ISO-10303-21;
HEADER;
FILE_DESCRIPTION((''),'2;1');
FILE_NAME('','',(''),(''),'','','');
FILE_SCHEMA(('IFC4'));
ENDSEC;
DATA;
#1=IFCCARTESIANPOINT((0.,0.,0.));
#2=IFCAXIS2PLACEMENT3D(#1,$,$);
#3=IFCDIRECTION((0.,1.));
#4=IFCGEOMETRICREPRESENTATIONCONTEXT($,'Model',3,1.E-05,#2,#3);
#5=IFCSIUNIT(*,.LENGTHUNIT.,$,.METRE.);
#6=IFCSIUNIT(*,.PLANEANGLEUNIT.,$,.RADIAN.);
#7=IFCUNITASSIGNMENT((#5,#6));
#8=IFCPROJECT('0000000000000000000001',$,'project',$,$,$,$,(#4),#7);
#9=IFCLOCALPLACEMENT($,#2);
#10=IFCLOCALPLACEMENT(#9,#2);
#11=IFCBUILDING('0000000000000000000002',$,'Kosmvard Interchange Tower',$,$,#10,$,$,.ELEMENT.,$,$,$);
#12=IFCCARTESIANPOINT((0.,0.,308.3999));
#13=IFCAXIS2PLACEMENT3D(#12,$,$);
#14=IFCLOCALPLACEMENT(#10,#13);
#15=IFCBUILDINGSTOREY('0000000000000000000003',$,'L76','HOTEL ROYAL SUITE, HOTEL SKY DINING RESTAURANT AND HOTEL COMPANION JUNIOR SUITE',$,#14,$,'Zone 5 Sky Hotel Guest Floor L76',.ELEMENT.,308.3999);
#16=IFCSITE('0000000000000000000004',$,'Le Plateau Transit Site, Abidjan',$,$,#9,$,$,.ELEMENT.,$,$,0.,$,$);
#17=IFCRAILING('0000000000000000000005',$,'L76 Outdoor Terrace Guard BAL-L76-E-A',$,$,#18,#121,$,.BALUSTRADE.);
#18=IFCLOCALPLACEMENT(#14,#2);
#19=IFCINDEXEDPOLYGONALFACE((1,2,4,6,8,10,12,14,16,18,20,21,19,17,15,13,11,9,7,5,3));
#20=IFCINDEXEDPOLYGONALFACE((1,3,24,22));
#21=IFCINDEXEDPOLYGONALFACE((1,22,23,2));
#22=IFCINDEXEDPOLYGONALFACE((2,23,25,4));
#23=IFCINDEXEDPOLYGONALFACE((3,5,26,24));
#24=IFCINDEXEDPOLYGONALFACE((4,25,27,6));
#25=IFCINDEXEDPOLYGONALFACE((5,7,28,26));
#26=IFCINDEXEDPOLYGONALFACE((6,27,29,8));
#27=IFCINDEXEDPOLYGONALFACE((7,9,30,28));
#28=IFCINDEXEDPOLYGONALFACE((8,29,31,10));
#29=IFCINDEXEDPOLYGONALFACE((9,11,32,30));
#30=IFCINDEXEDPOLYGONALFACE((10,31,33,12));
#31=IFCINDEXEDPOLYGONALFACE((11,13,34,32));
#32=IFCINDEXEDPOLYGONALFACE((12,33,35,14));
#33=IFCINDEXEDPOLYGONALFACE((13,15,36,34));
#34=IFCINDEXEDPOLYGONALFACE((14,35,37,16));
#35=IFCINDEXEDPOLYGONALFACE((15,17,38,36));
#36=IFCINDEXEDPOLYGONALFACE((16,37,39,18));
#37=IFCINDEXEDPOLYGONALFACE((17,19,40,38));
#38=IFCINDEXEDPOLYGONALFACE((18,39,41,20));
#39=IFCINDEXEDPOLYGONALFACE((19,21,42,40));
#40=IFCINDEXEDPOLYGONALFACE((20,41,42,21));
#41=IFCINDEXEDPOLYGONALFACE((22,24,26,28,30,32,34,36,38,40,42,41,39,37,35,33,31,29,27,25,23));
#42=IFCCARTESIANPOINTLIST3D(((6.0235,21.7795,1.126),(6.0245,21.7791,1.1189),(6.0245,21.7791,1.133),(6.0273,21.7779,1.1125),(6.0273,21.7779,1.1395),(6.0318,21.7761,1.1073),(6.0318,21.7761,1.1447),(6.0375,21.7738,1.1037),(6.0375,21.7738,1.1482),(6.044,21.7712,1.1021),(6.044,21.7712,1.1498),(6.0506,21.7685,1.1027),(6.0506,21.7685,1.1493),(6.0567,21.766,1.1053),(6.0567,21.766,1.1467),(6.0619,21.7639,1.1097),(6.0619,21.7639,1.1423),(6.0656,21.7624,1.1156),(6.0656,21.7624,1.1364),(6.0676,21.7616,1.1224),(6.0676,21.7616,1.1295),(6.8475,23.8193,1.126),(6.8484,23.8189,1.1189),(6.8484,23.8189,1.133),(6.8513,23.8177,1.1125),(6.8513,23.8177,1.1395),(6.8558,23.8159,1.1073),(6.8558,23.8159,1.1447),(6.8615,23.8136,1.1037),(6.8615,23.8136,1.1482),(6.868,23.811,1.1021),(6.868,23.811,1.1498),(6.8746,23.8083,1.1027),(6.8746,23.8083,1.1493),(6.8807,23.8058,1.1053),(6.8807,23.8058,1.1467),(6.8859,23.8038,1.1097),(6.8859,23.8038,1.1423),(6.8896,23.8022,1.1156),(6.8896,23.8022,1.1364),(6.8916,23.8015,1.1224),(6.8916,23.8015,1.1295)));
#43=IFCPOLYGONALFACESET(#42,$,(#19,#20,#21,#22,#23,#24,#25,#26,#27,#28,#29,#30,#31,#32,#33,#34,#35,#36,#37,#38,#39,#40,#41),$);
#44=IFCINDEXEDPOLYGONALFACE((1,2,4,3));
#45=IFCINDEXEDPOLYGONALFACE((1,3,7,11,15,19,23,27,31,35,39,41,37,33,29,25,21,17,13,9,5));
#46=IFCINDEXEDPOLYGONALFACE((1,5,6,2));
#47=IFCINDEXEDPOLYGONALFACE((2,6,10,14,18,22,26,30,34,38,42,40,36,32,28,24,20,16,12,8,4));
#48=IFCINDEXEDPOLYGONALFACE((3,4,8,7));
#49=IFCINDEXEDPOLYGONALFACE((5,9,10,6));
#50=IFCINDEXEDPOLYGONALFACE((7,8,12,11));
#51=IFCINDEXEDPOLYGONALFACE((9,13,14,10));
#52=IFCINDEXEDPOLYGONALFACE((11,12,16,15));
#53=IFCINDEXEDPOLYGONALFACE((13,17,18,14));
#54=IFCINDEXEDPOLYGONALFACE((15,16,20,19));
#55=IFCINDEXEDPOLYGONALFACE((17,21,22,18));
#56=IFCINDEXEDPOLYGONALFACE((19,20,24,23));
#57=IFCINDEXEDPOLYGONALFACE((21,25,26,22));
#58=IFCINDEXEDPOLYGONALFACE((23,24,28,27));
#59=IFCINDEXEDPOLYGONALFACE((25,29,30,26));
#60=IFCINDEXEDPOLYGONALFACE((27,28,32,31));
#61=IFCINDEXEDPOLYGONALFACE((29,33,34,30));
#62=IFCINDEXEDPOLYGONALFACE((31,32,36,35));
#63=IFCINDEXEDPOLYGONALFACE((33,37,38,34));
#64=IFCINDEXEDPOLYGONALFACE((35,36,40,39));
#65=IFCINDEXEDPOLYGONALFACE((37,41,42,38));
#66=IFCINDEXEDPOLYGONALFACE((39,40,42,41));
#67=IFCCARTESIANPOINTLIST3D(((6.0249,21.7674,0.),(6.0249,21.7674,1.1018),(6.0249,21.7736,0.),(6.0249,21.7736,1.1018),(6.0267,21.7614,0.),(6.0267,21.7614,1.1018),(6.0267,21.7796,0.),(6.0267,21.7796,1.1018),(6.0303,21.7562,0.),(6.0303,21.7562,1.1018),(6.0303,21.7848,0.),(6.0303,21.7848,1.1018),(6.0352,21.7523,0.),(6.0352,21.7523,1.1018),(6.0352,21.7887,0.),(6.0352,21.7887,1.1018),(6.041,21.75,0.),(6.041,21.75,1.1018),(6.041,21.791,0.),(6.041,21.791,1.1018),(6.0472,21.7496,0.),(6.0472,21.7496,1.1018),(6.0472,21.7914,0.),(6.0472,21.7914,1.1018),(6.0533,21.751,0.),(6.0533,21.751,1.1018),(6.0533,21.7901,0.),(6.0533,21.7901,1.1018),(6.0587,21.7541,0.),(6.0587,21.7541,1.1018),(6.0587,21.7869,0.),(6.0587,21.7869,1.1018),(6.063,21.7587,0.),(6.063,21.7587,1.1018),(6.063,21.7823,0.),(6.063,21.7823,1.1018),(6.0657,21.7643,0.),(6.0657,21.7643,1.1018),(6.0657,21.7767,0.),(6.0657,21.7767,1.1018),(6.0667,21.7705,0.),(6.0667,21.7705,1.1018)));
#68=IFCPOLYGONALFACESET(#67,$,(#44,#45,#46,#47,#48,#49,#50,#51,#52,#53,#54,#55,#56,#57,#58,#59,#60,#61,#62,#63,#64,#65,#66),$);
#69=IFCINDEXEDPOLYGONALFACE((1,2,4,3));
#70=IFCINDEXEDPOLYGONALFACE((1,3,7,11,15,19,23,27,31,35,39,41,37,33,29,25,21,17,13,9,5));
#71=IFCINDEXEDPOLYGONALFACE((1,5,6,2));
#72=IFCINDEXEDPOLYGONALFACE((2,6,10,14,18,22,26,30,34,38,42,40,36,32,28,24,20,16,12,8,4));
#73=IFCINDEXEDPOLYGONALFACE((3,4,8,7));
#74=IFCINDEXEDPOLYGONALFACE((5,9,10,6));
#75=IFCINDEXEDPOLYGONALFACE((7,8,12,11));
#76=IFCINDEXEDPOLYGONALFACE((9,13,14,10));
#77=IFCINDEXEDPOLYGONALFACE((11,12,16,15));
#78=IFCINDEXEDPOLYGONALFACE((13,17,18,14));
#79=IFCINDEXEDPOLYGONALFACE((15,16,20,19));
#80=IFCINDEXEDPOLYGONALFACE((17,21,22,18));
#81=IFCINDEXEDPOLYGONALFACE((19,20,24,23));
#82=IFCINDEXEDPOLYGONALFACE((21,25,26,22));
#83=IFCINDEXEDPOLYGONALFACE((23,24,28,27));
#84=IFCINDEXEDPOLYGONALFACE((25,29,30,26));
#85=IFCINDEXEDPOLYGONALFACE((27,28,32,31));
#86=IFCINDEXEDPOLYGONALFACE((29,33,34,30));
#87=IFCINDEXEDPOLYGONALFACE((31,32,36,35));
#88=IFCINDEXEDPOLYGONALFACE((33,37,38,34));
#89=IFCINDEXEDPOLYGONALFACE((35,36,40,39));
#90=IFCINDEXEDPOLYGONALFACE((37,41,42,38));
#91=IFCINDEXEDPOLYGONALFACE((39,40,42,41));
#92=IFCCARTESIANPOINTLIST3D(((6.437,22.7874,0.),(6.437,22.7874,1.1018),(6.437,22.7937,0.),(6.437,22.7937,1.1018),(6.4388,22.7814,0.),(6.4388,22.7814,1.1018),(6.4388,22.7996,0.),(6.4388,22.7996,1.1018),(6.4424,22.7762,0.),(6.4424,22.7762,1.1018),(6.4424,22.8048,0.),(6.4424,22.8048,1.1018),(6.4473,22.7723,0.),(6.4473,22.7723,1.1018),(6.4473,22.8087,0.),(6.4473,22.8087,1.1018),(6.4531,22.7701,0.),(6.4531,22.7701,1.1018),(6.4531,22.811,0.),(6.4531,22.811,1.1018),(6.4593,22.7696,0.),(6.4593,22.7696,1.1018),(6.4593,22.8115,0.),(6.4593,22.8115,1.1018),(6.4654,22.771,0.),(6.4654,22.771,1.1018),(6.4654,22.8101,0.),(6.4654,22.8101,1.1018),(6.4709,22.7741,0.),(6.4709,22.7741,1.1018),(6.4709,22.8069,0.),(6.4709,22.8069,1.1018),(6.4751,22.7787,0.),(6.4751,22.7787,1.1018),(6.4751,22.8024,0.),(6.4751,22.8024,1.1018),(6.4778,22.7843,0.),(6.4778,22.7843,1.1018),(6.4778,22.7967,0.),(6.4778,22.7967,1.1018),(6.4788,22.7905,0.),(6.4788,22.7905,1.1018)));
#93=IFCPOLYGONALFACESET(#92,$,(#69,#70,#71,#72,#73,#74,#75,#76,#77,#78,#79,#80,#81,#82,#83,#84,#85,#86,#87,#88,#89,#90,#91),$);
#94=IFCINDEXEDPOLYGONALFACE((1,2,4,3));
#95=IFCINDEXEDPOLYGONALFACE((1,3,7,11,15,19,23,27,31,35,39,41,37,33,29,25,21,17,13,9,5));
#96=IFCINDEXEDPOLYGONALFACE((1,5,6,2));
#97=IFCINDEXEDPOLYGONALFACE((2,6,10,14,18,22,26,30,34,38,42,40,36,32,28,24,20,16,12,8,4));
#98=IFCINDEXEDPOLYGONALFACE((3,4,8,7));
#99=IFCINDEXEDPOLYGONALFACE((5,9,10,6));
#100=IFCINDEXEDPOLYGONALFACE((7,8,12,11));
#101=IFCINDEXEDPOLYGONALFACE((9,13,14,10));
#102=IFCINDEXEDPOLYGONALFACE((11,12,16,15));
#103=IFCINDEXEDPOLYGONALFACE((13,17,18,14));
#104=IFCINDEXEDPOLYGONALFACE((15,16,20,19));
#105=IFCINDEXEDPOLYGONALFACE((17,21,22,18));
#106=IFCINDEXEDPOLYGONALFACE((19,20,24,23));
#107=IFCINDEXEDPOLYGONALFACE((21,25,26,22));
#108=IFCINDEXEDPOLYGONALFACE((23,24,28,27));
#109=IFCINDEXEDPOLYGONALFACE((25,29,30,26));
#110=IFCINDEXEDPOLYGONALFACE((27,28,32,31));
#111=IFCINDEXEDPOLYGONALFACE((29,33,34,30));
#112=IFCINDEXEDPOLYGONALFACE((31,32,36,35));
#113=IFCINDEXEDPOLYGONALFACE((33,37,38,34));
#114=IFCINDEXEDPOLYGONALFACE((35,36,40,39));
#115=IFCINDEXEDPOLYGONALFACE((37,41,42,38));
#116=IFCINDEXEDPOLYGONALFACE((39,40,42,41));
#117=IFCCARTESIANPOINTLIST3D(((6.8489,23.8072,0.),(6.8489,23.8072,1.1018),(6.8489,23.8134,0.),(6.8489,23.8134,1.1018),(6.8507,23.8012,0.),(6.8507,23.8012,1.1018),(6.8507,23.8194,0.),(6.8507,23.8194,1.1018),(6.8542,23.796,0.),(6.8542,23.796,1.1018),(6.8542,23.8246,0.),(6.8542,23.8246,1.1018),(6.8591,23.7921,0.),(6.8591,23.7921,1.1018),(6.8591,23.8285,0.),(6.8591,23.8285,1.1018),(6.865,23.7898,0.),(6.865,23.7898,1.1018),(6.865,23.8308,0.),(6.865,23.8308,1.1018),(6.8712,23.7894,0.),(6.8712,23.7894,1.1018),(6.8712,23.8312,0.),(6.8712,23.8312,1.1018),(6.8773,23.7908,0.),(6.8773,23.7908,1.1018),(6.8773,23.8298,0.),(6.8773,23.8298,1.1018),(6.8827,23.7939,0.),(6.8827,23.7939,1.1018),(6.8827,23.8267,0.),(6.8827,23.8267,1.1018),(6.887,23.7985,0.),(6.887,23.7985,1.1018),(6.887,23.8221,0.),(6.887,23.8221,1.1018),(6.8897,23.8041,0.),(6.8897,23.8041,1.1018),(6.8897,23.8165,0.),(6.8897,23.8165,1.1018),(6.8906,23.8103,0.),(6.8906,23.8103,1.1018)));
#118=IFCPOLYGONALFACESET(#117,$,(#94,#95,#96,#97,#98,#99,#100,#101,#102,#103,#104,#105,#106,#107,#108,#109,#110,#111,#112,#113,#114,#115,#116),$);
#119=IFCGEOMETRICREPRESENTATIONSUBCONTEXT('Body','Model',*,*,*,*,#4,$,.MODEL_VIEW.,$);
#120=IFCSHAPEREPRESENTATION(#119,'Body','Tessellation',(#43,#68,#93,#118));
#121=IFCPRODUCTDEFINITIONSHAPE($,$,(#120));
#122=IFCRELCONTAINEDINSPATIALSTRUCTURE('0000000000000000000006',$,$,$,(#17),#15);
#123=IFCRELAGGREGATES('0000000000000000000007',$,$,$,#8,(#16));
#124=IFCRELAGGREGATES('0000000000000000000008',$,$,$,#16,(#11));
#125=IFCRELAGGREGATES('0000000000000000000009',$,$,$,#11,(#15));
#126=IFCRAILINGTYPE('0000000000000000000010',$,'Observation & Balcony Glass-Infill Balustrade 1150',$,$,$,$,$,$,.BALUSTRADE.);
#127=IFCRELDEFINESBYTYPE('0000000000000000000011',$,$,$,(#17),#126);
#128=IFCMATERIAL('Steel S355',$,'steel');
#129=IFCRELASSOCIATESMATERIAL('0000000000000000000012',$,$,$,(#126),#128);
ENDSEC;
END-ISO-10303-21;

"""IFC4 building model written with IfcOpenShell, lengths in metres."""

from ifc_helpers import new_model, si_unit, direction, frame, origin, origin_2d, place, context, subcontext, project, spatial, circle, extrude, source, transform, mapped, material, type_object, element, save


model = new_model("IFC4")

# Units and contexts
model_context = context("Model", 3, precision=1e-05, world=origin(), true_north=direction((0.0, 1.0)))
body_context = subcontext(model_context, "Body", "Model", "MODEL_VIEW")
ifc_project = project(units=[si_unit("LENGTHUNIT", "METRE"), si_unit("PLANEANGLEUNIT", "RADIAN")], contexts=[model_context])

# Site, building, storey
site_placement = place(None, origin())
site = spatial("IfcSite", under=ifc_project, at=site_placement, Name="Le Plateau Transit Site, Abidjan", CompositionType="ELEMENT", RefElevation=0.0)
building_placement = place(site_placement, origin())
building = spatial("IfcBuilding", under=site, at=building_placement, Name="Kosmvard Interchange Tower", CompositionType="ELEMENT")
storey_placement = place(building_placement, frame((0.0, 0.0, 308.3999)))
storey = spatial("IfcBuildingStorey", under=building, at=storey_placement, Name="L76", Description="HOTEL ROYAL SUITE, HOTEL SKY DINING RESTAURANT AND HOTEL COMPANION JUNIOR SUITE", LongName="Zone 5 Sky Hotel Guest Floor L76", CompositionType="ELEMENT", Elevation=308.3999)

# Shared definitions
ifc_material_1 = material(Name="Steel S355", Category="steel")

# Railing
railing_type_1 = type_object("IfcRailingType", Name="Observation & Balcony Glass-Infill Balustrade 1150", PredefinedType="BALUSTRADE", material=ifc_material_1)
shared_shape_1 = source(origin(), body_context, "Body", "SweptSolid", [
    extrude(circle(Radius=0.0239, at=origin_2d()), frame((0.0, 0.0, 1.126), z_axis=(0.374546, 0.927208, 0.0), x_axis=(-0.927208, 0.374546, 0.0)), (0.0, 0.0, 1.0), 2.2),
    extrude(circle(Radius=0.021, at=origin_2d()), origin(), (0.0, 0.0, 1.0), 1.1018),
    extrude(circle(Radius=0.021, at=origin_2d()), frame((0.4121, 1.02, 0.0)), (0.0, 0.0, 1.0), 1.1018),
    extrude(circle(Radius=0.021, at=origin_2d()), frame((0.824, 2.0398, 0.0)), (0.0, 0.0, 1.0), 1.1018),
])
railing_1_placement = place(storey_placement, frame((6.0457, 21.7705, 0.0)))
element("IfcRailing", 1, at=railing_1_placement, inside=storey, type_object=railing_type_1, Name="L76 Outdoor Terrace Guard BAL-L76-E-A", PredefinedType="BALUSTRADE", context=body_context, shape_type="MappedRepresentation", body=[
    mapped(shared_shape_1, transform((0.0, 0.0, 0.0), scale=1.0)),
])

save(model, "model.ifc")
